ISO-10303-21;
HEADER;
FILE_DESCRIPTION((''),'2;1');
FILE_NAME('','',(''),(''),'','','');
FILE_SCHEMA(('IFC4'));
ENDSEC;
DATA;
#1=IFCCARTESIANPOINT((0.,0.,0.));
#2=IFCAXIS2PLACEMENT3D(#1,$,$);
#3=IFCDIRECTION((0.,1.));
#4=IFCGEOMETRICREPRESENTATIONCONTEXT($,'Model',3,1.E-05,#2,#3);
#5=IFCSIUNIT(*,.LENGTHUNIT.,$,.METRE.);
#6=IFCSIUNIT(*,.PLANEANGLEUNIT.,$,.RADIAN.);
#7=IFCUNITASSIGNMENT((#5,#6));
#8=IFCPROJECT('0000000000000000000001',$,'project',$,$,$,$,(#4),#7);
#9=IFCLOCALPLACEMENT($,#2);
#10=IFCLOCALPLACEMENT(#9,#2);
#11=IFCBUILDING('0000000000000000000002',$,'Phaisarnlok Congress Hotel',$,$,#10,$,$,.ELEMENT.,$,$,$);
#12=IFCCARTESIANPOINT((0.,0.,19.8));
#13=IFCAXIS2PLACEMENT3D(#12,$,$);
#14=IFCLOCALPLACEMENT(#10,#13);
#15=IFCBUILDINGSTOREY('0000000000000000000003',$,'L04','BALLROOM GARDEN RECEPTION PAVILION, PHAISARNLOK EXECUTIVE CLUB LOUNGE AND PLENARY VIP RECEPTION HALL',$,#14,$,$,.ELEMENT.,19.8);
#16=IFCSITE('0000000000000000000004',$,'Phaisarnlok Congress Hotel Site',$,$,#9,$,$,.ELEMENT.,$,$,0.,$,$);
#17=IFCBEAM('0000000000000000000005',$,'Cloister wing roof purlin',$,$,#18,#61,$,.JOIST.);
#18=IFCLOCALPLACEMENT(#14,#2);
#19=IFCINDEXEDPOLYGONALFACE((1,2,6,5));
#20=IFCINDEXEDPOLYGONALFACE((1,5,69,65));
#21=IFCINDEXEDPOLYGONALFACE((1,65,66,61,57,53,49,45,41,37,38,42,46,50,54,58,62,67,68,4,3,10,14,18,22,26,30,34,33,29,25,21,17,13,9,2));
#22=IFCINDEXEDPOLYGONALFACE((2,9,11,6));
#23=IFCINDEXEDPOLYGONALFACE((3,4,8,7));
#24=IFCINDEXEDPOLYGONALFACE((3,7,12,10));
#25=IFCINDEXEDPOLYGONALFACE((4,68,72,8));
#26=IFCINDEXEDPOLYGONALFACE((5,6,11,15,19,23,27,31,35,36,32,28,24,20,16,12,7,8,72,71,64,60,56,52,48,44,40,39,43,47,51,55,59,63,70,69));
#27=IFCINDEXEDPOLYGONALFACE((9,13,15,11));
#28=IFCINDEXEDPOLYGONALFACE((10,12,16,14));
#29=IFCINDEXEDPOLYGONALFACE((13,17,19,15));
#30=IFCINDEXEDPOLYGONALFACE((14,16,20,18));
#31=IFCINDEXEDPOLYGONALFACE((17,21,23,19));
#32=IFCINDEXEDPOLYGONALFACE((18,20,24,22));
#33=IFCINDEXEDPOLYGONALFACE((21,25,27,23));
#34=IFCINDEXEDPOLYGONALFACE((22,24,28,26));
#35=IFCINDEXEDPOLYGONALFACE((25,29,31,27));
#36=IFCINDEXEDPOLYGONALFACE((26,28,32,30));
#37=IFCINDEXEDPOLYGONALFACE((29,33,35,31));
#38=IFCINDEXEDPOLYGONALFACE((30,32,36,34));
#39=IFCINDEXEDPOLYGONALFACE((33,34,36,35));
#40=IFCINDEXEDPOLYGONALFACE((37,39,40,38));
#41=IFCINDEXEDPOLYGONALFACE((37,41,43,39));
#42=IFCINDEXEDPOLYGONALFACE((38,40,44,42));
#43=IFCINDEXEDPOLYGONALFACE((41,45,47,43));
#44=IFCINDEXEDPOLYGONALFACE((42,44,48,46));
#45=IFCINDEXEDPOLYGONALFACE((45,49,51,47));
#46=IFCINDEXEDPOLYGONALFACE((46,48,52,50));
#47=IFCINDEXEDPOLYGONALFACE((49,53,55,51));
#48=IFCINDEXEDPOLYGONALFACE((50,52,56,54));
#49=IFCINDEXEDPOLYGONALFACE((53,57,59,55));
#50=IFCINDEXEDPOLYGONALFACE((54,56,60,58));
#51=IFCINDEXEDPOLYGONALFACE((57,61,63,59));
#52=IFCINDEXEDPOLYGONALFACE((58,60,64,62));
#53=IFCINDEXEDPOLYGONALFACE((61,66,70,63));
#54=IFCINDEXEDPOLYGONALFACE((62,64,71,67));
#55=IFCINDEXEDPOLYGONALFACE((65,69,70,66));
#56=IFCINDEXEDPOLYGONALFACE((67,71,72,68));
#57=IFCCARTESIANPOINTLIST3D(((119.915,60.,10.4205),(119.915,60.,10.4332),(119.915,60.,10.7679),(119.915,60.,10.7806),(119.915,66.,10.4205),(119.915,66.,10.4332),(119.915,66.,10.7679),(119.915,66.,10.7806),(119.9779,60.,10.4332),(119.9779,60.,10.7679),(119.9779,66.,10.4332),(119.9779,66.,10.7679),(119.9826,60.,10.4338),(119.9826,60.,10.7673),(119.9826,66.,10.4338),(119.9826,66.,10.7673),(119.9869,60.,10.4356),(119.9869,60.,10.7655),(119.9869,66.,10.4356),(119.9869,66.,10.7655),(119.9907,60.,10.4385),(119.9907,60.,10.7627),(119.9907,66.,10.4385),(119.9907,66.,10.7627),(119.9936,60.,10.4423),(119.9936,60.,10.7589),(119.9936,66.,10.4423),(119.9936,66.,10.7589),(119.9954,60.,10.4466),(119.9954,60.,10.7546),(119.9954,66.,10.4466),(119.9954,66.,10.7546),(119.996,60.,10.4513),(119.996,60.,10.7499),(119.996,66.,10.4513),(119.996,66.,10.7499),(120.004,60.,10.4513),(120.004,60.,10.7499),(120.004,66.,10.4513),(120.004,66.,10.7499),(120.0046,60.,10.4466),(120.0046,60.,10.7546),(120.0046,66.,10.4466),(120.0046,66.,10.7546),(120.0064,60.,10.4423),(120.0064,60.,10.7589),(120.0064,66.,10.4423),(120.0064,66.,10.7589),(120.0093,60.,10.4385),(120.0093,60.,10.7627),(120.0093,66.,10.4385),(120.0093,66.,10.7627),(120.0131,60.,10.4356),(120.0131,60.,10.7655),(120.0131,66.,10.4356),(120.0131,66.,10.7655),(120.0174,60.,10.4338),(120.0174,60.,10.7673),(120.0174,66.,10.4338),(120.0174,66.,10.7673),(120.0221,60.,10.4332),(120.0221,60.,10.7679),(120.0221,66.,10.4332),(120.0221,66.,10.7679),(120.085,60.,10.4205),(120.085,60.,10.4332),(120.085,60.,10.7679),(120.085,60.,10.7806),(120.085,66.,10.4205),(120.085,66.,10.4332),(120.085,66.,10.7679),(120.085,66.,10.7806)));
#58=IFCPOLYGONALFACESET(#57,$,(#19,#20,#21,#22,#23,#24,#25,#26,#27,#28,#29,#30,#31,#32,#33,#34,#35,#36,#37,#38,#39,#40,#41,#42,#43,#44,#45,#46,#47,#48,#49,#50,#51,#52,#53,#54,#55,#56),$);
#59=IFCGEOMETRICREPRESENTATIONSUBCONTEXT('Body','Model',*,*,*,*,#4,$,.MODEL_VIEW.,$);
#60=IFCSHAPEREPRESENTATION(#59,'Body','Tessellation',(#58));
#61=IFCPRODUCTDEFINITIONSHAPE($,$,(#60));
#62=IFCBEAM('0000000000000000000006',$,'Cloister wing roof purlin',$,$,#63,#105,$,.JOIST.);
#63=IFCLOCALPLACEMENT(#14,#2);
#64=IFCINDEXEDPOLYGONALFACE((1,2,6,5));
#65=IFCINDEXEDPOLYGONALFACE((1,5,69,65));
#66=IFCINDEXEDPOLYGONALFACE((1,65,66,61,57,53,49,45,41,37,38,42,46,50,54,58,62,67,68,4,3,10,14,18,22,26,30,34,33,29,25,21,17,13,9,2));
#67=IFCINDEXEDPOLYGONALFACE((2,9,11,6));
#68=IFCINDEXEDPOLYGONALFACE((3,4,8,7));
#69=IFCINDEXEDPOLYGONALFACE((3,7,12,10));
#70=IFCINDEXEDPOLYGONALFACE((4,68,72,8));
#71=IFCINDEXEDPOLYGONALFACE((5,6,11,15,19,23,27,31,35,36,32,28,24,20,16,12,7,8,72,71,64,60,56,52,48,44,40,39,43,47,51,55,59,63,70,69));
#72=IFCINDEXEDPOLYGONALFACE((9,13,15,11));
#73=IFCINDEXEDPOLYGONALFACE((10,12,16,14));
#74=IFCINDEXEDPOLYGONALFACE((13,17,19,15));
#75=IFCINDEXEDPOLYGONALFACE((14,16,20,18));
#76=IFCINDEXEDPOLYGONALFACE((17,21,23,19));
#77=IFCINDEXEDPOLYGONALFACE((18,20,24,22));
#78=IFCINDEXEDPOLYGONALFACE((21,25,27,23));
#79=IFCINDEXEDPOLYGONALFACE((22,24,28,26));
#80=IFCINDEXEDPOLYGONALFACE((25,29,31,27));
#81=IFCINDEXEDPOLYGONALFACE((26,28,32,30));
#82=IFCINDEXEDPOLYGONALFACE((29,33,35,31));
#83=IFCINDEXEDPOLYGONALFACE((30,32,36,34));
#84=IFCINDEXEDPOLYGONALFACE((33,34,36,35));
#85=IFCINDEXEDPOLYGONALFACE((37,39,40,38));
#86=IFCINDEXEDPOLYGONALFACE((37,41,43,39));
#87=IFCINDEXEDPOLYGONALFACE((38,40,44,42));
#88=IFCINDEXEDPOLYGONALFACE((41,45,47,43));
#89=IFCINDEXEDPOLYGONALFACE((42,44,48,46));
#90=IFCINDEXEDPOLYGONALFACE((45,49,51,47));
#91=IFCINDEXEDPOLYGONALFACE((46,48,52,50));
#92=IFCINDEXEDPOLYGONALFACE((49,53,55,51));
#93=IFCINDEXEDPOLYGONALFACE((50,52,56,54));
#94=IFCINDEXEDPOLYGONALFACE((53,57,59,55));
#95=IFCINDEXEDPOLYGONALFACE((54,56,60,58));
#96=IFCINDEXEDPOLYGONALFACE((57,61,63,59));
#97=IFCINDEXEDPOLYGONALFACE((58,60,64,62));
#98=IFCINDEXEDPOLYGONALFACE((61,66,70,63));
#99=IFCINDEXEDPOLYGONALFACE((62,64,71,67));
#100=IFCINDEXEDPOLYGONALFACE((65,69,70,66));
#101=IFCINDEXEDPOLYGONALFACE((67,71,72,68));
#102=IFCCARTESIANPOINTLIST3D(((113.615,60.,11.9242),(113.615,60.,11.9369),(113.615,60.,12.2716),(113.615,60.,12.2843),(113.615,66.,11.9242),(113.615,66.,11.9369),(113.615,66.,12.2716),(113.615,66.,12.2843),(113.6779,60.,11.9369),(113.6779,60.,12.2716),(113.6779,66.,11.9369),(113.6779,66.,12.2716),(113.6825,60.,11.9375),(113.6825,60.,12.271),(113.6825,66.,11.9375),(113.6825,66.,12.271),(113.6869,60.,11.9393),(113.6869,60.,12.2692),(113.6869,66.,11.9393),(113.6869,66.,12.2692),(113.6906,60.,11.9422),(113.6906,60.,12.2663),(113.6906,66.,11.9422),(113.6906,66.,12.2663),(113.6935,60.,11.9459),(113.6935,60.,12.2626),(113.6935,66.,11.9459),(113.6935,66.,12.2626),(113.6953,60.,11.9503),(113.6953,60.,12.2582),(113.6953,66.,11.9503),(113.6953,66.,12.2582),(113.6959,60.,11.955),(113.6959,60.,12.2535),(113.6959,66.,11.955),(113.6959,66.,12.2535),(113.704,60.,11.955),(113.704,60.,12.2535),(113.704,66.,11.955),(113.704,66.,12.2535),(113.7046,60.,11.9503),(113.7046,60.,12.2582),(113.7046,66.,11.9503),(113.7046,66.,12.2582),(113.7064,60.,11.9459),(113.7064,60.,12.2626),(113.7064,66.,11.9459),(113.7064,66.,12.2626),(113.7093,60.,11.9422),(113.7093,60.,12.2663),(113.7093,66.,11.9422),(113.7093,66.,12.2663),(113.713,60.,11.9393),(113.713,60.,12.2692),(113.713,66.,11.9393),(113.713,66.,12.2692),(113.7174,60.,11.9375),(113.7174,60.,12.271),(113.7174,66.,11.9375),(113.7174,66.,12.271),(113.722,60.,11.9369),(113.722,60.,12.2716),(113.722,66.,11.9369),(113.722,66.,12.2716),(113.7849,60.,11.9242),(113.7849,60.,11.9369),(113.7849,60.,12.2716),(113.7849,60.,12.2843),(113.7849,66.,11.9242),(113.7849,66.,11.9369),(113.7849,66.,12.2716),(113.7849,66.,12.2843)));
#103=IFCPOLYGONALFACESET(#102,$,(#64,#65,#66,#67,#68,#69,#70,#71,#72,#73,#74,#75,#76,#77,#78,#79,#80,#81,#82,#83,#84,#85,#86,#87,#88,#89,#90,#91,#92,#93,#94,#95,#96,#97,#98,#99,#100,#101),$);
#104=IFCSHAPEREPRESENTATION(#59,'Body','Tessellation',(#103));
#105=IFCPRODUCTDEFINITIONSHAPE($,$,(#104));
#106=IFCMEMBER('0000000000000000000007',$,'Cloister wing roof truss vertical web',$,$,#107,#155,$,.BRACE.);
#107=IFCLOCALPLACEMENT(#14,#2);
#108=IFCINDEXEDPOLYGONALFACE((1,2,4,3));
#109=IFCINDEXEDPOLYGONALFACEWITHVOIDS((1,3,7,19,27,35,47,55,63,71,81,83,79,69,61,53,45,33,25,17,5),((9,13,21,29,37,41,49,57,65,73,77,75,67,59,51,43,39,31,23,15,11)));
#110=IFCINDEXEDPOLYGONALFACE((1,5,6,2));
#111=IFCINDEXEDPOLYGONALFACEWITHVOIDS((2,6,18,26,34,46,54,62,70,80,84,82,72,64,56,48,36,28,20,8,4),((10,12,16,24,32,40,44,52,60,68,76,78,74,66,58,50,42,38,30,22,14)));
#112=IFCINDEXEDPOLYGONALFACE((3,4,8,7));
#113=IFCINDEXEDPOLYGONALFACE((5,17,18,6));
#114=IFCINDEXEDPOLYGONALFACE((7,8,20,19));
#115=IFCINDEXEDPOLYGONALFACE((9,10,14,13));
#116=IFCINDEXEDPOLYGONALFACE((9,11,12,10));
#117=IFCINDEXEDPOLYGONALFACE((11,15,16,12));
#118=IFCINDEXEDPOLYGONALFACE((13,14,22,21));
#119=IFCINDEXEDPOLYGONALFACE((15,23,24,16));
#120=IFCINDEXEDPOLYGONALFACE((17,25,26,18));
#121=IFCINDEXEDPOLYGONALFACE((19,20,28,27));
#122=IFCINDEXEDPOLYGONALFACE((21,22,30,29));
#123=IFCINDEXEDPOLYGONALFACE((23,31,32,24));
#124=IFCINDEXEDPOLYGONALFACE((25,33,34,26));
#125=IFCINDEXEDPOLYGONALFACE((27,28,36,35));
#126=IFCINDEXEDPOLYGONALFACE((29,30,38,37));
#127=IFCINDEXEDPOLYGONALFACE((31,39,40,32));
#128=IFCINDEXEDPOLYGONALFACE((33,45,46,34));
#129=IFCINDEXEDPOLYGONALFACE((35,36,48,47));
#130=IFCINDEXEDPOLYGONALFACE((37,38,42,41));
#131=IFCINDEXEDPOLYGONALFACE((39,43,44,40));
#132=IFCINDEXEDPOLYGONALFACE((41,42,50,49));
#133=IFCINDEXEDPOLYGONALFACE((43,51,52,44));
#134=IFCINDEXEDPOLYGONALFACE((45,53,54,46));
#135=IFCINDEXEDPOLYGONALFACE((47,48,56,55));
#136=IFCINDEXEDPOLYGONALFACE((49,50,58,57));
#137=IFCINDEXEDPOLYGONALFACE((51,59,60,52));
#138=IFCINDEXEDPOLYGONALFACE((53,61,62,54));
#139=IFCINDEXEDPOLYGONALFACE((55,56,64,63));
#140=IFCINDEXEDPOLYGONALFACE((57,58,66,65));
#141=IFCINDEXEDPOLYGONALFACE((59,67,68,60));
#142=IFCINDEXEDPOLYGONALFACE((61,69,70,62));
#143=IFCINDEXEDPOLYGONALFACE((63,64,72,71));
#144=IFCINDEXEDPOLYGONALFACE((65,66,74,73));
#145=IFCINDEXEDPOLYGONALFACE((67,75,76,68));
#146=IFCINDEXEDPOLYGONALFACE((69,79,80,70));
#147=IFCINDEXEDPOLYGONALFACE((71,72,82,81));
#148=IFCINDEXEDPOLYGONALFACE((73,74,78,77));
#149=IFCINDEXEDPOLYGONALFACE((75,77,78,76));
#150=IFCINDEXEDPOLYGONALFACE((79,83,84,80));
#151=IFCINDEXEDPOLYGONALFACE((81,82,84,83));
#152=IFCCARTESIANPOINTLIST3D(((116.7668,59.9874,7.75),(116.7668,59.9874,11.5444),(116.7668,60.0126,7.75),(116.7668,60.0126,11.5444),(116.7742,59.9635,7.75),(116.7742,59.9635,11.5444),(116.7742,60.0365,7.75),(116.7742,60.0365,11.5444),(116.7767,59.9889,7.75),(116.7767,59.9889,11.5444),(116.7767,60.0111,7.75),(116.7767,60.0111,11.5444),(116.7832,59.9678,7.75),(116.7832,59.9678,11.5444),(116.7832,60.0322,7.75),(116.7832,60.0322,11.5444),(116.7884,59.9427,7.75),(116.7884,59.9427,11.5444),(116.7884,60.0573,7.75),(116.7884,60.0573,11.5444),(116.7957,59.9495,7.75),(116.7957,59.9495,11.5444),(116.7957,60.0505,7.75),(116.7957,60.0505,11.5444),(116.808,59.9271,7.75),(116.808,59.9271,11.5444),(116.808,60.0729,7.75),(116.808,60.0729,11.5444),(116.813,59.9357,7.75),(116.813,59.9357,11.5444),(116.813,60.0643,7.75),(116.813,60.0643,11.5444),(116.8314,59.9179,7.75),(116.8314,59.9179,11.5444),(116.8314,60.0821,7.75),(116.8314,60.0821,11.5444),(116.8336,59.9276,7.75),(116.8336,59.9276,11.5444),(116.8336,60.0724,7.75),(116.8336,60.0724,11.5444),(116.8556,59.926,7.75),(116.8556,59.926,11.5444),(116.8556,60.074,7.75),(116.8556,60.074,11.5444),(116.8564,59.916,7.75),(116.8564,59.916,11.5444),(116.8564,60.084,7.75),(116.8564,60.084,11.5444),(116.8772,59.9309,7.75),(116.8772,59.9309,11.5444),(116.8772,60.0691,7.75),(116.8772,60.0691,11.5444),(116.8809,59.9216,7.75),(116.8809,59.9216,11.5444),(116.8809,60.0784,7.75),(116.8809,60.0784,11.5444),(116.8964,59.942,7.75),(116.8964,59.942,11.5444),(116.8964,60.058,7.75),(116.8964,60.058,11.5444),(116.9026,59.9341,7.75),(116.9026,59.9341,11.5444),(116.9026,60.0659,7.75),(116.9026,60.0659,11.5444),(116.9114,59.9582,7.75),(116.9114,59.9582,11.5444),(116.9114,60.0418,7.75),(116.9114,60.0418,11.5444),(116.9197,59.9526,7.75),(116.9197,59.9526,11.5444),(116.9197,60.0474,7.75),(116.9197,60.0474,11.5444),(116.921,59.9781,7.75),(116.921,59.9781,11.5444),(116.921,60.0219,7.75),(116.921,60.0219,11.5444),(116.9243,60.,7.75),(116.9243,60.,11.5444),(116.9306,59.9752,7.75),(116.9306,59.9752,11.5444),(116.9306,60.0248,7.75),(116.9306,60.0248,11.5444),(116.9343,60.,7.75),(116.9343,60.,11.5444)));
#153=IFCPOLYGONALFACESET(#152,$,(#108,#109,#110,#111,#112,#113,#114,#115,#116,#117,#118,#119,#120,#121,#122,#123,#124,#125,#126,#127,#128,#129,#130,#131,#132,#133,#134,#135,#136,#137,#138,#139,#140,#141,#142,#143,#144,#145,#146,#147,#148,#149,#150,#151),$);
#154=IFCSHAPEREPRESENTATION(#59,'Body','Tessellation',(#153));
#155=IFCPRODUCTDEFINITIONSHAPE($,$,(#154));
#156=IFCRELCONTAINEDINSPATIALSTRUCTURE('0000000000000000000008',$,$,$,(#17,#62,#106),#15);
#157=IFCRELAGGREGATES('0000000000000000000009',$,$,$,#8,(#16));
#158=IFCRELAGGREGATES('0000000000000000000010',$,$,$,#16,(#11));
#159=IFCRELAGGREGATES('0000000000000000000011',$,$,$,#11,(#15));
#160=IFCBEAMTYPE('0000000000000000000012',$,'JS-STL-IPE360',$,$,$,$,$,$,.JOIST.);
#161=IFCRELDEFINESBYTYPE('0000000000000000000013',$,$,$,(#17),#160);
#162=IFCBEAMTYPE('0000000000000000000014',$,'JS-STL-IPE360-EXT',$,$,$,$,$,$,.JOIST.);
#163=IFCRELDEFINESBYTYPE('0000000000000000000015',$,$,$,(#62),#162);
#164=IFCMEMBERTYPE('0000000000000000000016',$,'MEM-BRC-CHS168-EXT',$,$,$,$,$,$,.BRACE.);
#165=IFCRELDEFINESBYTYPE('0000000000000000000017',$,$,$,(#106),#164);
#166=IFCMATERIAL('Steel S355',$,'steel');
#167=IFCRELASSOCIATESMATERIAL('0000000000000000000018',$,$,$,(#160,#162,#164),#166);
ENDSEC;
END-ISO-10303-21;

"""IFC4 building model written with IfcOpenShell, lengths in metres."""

from ifc_helpers import new_model, si_unit, direction, frame, origin, origin_2d, place, context, subcontext, project, spatial, hollow_circle, i_section, extrude, material, material_profile, profile_set, type_object, element, save


model = new_model("IFC4")

# Units and contexts
model_context = context("Model", 3, precision=1e-05, world=origin(), true_north=direction((0.0, 1.0)))
body_context = subcontext(model_context, "Body", "Model", "MODEL_VIEW")
ifc_project = project(units=[si_unit("LENGTHUNIT", "METRE"), si_unit("PLANEANGLEUNIT", "RADIAN")], contexts=[model_context])

# Site, building, storey
site_placement = place(None, origin())
site = spatial("IfcSite", under=ifc_project, at=site_placement, Name="Phaisarnlok Congress Hotel Site", CompositionType="ELEMENT", RefElevation=0.0)
building_placement = place(site_placement, origin())
building = spatial("IfcBuilding", under=site, at=building_placement, Name="Phaisarnlok Congress Hotel", CompositionType="ELEMENT")
storey_placement = place(building_placement, frame((0.0, 0.0, 19.8)))
storey = spatial("IfcBuildingStorey", under=building, at=storey_placement, Name="L04", Description="BALLROOM GARDEN RECEPTION PAVILION, PHAISARNLOK EXECUTIVE CLUB LOUNGE AND PLENARY VIP RECEPTION HALL", CompositionType="ELEMENT", Elevation=19.8)

# Beams
ifc_material_1 = material(Name="Steel S355", Category="steel")
ifc_material_profile_1 = material_profile(ifc_material_1, i_section(OverallWidth=0.1699, OverallDepth=0.3601, WebThickness=0.0081, FlangeThickness=0.0127, FilletRadius=0.0181, at=origin_2d()), Name="IPE 360")
ifc_profile_set_1 = profile_set([ifc_material_profile_1], Name="Steel S355")
beam_type_1 = type_object("IfcBeamType", Name="JS-STL-IPE360", PredefinedType="JOIST", material=ifc_profile_set_1)
beam_1_placement = place(storey_placement, frame((120.0, 60.0, 10.6006), z_axis=(0.0, 1.0, 0.0), x_axis=(-1.0, 0.0, 0.0)))
element("IfcBeam", 1, at=beam_1_placement, inside=storey, type_object=beam_type_1, Name="Cloister wing roof purlin", PredefinedType="JOIST", context=body_context, shape_type="SweptSolid", body=[
    extrude(i_section(OverallWidth=0.1699, OverallDepth=0.3601, WebThickness=0.0081, FlangeThickness=0.0127, FilletRadius=0.0181, at=origin_2d()), origin(), (0.0, 0.0, 1.0), 6.0),
])
ifc_material_profile_2 = material_profile(ifc_material_1, i_section(OverallWidth=0.1699, OverallDepth=0.3601, WebThickness=0.0081, FlangeThickness=0.0127, FilletRadius=0.0181, at=origin_2d()), Name="IPE 360")
ifc_profile_set_2 = profile_set([ifc_material_profile_2], Name="Steel S355")
beam_type_2 = type_object("IfcBeamType", Name="JS-STL-IPE360-EXT", PredefinedType="JOIST", material=ifc_profile_set_2)
beam_2_placement = place(storey_placement, frame((113.7, 60.0, 12.1042), z_axis=(0.0, 1.0, 0.0), x_axis=(-1.0, 0.0, 0.0)))
element("IfcBeam", 2, at=beam_2_placement, inside=storey, type_object=beam_type_2, Name="Cloister wing roof purlin", PredefinedType="JOIST", context=body_context, shape_type="SweptSolid", body=[
    extrude(i_section(OverallWidth=0.1699, OverallDepth=0.3601, WebThickness=0.0081, FlangeThickness=0.0127, FilletRadius=0.0181, at=origin_2d()), origin(), (0.0, 0.0, 1.0), 6.0),
])

# Member
ifc_material_profile_3 = material_profile(ifc_material_1, hollow_circle(Radius=0.0842, WallThickness=0.01, at=origin_2d()), Name="CHS 168.3x10")
ifc_profile_set_3 = profile_set([ifc_material_profile_3], Name="Steel S355")
member_type_1 = type_object("IfcMemberType", Name="MEM-BRC-CHS168-EXT", PredefinedType="BRACE", material=ifc_profile_set_3)
member_1_placement = place(storey_placement, frame((116.8501, 60.0, 7.75), z_axis=(0.0, 0.0, 1.0), x_axis=(1.0, 0.0, 0.0)))
element("IfcMember", 3, at=member_1_placement, inside=storey, type_object=member_type_1, Name="Cloister wing roof truss vertical web", PredefinedType="BRACE", context=body_context, shape_type="SweptSolid", body=[
    extrude(hollow_circle(Radius=0.0842, WallThickness=0.01, at=origin_2d()), origin(), (0.0, 0.0, 1.0), 3.7944),
])

save(model, "model.ifc")
